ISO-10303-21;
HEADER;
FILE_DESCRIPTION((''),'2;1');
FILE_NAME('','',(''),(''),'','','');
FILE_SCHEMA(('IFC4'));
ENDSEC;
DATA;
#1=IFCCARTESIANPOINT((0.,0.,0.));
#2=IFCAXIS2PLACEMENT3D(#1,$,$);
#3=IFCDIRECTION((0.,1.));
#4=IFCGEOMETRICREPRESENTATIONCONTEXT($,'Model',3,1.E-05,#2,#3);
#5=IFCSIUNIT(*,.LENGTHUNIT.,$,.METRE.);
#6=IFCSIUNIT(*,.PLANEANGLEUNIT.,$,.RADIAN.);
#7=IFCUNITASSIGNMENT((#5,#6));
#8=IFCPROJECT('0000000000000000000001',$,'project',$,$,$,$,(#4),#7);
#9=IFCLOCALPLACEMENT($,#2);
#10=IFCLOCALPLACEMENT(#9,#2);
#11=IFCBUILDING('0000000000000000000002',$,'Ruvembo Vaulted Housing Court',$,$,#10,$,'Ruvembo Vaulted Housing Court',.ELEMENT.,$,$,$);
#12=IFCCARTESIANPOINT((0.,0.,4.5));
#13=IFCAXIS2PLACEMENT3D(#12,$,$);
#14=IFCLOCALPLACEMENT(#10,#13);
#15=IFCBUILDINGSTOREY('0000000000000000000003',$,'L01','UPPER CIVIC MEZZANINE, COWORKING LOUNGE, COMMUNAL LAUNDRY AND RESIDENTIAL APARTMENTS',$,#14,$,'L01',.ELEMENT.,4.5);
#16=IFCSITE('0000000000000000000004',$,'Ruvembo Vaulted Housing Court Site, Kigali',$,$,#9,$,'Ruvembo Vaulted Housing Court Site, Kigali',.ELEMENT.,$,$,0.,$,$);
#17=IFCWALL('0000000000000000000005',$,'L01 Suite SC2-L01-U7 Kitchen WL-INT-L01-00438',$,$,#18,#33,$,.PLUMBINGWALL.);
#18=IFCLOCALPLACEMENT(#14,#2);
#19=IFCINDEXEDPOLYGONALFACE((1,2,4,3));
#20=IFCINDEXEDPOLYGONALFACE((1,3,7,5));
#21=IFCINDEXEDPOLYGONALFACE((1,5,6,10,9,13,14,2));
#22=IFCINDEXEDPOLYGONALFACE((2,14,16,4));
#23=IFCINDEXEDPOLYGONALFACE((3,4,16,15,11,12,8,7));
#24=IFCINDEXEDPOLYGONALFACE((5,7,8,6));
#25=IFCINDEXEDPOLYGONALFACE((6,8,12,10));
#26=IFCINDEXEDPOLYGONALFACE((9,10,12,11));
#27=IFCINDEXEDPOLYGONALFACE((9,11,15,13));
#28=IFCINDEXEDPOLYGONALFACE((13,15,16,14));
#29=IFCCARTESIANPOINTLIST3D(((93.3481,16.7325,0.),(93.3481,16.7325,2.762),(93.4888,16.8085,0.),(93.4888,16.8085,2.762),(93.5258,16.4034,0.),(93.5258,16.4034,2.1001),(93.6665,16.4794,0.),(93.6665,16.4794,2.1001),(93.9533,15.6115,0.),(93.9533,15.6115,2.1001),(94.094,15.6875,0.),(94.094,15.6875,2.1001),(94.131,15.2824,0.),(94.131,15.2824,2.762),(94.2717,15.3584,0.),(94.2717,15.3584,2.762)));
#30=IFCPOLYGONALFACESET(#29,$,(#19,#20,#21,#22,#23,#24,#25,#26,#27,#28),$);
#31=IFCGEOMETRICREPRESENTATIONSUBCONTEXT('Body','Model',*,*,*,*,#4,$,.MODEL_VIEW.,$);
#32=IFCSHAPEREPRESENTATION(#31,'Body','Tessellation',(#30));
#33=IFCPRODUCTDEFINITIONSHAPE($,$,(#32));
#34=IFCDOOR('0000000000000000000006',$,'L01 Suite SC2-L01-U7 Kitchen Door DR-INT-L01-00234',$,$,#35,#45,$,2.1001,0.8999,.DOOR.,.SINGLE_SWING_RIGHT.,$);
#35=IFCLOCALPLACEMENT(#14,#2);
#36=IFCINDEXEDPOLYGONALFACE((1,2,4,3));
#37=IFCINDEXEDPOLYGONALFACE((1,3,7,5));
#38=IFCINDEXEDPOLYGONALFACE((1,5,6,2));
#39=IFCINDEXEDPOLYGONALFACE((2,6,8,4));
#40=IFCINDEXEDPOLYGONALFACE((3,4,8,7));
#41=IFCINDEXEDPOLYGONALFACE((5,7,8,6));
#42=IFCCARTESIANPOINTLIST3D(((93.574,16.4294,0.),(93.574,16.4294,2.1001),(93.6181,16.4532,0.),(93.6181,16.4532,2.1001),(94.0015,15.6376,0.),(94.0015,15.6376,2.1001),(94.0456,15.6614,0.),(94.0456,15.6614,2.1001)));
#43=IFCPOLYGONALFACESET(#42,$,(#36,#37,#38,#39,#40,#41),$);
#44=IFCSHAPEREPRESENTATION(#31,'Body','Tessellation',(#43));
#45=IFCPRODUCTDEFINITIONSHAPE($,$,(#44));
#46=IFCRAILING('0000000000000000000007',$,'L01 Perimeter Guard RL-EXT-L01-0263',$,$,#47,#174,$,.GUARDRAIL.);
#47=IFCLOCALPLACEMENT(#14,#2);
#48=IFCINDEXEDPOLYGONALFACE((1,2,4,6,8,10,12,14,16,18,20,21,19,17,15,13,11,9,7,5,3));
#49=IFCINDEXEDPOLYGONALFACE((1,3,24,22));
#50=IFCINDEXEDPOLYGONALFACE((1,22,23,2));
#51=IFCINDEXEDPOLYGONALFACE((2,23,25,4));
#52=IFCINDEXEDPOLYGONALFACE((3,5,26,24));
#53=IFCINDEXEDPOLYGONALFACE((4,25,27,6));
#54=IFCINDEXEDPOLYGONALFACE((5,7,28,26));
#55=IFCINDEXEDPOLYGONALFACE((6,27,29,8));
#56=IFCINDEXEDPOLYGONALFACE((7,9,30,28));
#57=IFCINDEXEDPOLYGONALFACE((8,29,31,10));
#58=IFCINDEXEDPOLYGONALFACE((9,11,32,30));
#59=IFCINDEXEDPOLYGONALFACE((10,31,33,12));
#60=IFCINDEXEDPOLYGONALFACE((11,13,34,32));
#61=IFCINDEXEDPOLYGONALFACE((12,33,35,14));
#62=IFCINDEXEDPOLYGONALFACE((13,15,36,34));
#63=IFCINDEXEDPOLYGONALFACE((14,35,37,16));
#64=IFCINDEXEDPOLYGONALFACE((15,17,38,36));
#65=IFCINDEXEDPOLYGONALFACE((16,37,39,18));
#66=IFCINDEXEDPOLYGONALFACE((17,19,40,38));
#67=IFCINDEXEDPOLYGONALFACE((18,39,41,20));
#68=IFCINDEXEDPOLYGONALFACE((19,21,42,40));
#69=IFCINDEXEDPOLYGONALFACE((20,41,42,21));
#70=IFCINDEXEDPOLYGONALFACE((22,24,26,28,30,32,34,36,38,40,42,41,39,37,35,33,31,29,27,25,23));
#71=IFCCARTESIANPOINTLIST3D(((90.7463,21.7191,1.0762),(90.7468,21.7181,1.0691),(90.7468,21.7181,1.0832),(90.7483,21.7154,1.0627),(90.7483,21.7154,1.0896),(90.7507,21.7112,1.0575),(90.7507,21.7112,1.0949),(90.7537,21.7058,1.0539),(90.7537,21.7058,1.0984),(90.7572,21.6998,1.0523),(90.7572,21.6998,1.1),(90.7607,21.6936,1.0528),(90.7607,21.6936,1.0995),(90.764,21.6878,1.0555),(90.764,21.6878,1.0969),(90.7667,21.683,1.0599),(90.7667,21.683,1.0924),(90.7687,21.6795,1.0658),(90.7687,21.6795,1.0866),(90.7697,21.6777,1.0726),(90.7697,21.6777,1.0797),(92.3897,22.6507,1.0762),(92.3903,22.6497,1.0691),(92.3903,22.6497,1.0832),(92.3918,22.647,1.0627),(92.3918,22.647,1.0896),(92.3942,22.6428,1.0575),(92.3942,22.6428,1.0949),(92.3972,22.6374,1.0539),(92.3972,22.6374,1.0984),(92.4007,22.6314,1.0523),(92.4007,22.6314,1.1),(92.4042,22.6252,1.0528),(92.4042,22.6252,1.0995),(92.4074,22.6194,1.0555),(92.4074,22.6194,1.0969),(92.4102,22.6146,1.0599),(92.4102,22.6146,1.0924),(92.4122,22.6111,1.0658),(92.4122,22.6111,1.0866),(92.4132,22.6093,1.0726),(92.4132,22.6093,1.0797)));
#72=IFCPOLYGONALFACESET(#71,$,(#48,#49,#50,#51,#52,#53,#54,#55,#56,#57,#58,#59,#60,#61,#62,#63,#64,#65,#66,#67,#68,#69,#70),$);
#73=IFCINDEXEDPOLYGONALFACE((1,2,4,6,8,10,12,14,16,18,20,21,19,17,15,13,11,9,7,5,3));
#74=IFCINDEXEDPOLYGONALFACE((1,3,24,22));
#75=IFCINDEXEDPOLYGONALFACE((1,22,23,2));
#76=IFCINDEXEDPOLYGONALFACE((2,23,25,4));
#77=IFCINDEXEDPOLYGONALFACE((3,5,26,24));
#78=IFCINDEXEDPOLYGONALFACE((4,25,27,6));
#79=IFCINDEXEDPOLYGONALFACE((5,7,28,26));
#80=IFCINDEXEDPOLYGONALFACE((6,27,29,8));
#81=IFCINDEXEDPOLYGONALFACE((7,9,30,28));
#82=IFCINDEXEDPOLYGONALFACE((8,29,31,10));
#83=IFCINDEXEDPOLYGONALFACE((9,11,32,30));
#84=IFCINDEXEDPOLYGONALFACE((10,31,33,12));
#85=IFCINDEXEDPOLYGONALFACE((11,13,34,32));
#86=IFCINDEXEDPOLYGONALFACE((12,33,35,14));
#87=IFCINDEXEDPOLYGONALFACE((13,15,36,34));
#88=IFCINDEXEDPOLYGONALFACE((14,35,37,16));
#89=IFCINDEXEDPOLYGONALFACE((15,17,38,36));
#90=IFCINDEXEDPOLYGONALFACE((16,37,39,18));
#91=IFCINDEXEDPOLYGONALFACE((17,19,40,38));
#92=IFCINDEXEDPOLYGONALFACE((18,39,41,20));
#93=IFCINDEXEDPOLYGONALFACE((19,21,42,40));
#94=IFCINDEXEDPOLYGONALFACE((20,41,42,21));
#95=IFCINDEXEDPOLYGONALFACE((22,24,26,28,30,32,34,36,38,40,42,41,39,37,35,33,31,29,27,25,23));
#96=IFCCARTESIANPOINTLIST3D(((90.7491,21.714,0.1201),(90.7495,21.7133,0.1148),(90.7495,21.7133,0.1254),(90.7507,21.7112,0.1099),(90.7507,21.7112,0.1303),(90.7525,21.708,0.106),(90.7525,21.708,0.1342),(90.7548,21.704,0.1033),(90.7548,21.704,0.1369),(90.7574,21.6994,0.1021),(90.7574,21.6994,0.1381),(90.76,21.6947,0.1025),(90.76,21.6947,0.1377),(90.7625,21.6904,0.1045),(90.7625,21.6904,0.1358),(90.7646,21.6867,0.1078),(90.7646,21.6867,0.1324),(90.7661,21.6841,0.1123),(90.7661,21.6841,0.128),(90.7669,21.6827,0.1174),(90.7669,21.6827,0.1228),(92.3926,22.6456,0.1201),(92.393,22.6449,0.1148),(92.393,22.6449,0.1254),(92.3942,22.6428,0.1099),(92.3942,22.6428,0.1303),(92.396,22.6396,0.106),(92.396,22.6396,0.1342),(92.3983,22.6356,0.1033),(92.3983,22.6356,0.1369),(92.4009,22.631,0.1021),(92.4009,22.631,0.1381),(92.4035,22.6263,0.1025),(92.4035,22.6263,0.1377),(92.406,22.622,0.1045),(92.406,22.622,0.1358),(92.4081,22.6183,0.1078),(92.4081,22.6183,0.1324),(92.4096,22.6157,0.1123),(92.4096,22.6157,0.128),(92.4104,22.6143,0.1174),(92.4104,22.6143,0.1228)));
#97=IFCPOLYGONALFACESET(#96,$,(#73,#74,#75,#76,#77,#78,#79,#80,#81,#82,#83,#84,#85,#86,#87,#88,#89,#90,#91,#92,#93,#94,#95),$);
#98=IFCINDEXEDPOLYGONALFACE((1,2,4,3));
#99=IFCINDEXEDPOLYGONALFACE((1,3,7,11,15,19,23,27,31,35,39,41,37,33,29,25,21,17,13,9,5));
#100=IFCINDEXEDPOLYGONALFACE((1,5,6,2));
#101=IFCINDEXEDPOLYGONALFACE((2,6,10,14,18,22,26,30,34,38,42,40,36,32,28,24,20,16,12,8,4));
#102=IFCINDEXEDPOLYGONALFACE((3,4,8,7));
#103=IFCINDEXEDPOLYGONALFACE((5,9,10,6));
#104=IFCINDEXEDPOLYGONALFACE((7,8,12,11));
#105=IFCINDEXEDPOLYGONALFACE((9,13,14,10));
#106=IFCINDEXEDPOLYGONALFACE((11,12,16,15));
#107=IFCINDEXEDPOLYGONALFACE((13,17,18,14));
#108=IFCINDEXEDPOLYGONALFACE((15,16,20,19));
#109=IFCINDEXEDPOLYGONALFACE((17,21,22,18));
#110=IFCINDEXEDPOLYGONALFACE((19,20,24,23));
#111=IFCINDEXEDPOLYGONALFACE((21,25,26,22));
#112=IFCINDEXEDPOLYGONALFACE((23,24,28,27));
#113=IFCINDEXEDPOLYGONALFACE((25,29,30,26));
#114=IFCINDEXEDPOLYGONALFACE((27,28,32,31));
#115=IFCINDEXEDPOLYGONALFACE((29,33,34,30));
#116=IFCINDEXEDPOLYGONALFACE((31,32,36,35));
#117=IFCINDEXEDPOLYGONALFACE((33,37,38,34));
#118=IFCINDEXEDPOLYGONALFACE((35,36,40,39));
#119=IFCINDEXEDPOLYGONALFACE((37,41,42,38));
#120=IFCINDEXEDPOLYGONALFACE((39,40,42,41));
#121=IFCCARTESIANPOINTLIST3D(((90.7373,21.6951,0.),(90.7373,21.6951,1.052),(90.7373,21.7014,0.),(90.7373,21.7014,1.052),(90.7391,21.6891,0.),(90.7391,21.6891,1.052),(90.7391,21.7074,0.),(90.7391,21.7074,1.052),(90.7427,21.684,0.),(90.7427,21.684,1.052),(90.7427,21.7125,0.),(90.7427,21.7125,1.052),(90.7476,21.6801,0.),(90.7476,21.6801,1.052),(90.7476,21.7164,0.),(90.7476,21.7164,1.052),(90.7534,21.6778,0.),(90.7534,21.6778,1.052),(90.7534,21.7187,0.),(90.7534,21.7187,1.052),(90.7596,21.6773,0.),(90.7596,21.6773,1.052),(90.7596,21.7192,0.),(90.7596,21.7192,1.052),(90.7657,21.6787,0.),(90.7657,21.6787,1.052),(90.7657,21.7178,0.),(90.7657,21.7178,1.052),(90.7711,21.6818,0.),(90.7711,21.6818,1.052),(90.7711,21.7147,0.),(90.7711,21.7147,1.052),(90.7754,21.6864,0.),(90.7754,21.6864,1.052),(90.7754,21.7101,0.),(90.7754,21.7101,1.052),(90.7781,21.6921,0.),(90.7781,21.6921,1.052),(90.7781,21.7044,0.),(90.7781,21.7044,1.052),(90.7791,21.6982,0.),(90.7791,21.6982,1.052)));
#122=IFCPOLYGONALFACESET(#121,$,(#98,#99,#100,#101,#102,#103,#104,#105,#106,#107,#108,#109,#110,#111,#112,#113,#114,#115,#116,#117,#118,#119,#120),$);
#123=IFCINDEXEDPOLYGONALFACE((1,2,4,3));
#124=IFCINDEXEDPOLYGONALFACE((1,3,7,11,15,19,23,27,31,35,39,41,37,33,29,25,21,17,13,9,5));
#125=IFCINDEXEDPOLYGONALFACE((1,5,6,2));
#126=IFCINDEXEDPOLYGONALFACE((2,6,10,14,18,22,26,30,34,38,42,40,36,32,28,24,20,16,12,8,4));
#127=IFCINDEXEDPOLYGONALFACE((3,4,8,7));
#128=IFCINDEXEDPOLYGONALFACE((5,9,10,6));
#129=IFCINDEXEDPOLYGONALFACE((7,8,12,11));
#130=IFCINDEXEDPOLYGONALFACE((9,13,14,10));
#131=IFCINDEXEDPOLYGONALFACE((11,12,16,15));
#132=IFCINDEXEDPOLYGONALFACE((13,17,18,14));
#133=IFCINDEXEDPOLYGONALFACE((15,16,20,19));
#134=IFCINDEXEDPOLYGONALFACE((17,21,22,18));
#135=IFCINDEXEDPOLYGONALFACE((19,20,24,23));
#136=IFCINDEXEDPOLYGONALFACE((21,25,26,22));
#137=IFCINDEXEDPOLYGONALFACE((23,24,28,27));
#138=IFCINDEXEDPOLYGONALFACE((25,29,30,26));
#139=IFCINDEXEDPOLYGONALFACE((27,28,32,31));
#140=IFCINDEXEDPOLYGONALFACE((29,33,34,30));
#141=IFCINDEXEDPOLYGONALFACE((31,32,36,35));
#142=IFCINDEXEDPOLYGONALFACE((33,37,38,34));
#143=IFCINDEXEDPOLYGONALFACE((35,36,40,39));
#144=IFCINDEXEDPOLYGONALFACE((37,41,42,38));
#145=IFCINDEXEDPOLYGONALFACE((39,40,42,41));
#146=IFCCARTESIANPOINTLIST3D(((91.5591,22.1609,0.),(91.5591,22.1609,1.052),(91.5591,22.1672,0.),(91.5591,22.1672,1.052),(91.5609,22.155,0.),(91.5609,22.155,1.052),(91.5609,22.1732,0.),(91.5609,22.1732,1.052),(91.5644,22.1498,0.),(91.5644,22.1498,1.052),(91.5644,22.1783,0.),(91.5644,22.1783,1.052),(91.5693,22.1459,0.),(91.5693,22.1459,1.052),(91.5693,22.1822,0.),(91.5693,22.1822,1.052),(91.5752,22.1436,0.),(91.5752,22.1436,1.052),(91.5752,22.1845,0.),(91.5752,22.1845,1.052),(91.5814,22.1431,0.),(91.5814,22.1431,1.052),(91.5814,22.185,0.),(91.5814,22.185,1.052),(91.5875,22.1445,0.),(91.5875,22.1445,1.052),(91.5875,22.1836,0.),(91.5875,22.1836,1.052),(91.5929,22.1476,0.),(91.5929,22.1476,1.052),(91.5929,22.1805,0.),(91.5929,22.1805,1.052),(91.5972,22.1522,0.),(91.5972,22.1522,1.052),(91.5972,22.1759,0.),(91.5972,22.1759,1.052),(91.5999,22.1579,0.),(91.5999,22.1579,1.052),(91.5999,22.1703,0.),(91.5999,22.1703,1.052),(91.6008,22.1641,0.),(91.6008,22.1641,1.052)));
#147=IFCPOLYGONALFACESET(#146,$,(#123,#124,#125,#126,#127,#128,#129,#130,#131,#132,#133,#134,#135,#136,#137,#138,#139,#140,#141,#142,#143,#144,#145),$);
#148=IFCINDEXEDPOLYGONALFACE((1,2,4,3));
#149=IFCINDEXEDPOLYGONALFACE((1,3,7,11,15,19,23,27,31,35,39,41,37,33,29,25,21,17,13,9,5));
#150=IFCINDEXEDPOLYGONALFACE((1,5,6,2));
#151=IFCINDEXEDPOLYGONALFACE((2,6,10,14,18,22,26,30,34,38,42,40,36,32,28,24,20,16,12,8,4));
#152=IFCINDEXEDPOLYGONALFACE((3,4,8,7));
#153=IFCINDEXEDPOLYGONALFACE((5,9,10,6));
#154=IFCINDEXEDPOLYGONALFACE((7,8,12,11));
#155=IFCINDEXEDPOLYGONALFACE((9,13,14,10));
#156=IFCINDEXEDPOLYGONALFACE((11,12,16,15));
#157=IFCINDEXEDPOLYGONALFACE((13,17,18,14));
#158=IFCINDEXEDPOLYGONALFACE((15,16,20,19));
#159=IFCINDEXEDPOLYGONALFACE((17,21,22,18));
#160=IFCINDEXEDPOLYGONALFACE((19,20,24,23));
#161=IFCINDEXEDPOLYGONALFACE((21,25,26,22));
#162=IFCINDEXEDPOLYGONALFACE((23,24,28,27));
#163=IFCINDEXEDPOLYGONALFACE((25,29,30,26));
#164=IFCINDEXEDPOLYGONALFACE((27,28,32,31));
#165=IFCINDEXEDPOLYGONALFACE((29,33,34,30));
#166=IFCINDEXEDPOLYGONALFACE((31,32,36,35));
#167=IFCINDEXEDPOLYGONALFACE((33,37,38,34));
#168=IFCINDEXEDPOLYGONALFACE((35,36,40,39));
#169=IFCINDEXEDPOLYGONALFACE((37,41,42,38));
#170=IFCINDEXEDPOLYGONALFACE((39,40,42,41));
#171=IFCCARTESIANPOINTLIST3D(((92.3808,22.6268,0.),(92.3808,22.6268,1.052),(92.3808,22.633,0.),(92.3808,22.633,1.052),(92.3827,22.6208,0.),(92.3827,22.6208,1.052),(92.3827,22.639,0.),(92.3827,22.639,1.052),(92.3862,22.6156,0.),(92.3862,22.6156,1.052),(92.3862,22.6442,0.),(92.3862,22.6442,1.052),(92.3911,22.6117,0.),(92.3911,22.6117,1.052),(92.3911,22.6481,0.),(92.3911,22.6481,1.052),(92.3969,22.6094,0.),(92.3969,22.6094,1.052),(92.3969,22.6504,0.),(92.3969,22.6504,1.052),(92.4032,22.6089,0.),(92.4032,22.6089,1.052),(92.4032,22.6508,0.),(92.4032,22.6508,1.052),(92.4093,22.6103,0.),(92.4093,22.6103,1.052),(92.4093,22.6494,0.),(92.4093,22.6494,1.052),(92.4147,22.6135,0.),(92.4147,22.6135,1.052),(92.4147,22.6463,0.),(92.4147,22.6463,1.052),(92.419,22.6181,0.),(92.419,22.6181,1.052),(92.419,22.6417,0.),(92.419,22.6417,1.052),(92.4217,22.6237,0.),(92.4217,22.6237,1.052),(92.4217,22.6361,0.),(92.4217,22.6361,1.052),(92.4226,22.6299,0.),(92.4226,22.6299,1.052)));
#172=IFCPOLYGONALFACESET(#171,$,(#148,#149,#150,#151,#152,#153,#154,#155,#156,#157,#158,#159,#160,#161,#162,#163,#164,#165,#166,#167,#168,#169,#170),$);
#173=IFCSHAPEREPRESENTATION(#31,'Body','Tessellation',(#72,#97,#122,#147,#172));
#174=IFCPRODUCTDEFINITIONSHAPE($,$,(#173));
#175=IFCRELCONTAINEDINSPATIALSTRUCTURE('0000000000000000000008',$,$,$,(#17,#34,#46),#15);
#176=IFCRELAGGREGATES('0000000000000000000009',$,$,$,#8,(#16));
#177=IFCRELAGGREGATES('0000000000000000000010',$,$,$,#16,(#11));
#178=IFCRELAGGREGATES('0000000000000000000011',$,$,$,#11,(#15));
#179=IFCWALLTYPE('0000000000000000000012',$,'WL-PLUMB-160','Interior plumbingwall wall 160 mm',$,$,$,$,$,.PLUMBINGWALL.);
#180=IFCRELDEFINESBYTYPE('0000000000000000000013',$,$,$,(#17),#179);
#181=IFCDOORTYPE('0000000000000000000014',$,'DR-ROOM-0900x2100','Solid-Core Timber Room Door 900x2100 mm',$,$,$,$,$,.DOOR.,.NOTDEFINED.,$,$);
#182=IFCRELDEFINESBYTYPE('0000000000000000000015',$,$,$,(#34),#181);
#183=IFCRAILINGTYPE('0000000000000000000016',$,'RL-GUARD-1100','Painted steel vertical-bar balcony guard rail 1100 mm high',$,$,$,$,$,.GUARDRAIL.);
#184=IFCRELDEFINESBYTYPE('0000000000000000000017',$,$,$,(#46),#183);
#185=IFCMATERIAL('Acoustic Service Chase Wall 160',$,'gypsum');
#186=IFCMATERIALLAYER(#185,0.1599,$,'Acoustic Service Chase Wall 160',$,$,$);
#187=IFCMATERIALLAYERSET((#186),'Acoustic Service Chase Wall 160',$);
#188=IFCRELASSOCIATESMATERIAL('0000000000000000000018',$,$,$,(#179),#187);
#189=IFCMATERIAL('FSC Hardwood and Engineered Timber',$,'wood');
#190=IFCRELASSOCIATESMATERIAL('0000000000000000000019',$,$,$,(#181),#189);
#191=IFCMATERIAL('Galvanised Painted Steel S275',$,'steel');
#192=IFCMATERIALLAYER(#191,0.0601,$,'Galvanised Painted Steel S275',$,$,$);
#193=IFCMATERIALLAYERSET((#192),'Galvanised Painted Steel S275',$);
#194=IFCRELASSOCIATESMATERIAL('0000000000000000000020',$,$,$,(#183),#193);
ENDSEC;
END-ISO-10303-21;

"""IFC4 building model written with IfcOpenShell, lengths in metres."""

from ifc_helpers import new_model, si_unit, direction, frame, frame_2d, origin, origin_2d, place, context, subcontext, project, spatial, rectangle, circle, extrude, material, layer, layer_set, type_object, element, fill, save


model = new_model("IFC4")

# Units and contexts
model_context = context("Model", 3, precision=1e-05, world=origin(), true_north=direction((0.0, 1.0)))
body_context = subcontext(model_context, "Body", "Model", "MODEL_VIEW")
ifc_project = project(units=[si_unit("LENGTHUNIT", "METRE"), si_unit("PLANEANGLEUNIT", "RADIAN")], contexts=[model_context])

# Site, building, storey
site_placement = place(None, origin())
site = spatial("IfcSite", under=ifc_project, at=site_placement, Name="Ruvembo Vaulted Housing Court Site, Kigali", LongName="Ruvembo Vaulted Housing Court Site, Kigali", CompositionType="ELEMENT", RefElevation=0.0)
building_placement = place(site_placement, origin())
building = spatial("IfcBuilding", under=site, at=building_placement, Name="Ruvembo Vaulted Housing Court", LongName="Ruvembo Vaulted Housing Court", CompositionType="ELEMENT")
storey_placement = place(building_placement, frame((0.0, 0.0, 4.5)))
storey = spatial("IfcBuildingStorey", under=building, at=storey_placement, Name="L01", Description="UPPER CIVIC MEZZANINE, COWORKING LOUNGE, COMMUNAL LAUNDRY AND RESIDENTIAL APARTMENTS", LongName="L01", CompositionType="ELEMENT", Elevation=4.5)

# Shared definitions
ifc_material_1 = material(Name="FSC Hardwood and Engineered Timber", Category="wood")

# Wall, opening, door
ifc_material_2 = material(Name="Acoustic Service Chase Wall 160", Category="gypsum")
ifc_layer_1 = layer(ifc_material_2, 0.1599, Name="Acoustic Service Chase Wall 160")
ifc_layer_set_1 = layer_set([ifc_layer_1], Name="Acoustic Service Chase Wall 160")
wall_type_1 = type_object("IfcWallType", Name="WL-PLUMB-160", Description="Interior plumbingwall wall 160 mm", PredefinedType="PLUMBINGWALL", material=ifc_layer_set_1)
wall_1_placement = place(storey_placement, frame((93.4185, 16.7705, 0.0), z_axis=(0.0, 0.0, 1.0), x_axis=(0.47508, -0.879943, 0.0)))
wall_1 = element("IfcWall", 1, at=wall_1_placement, inside=storey, type_object=wall_type_1, Name="L01 Suite SC2-L01-U7 Kitchen WL-INT-L01-00438", PredefinedType="PLUMBINGWALL", context=body_context, shape_type="SweptSolid", body=[
    extrude(rectangle(XDim=1.6479, YDim=0.1599, at=frame_2d((0.824, 0.0))), origin(), (0.0, 0.0, 1.0), 2.762),
])
opening_1_placement = place(wall_1_placement, frame((0.374, 0.0, 0.0)))
opening_1 = element("IfcOpeningElement", 2, at=opening_1_placement, cuts=wall_1, PredefinedType="OPENING", context=body_context, shape_type="SweptSolid", body=[
    extrude(rectangle(XDim=0.8999, YDim=2.1001, at=frame_2d((0.45, 1.05))), frame((0.0, 0.0898, 0.0), z_axis=(0.0, -1.0, 0.0), x_axis=(1.0, 0.0, 0.0)), (0.0, 0.0, 1.0), 0.1799),
])
door_type_1 = type_object("IfcDoorType", Name="DR-ROOM-0900x2100", Description="Solid-Core Timber Room Door 900x2100 mm", OperationType="NOTDEFINED", PredefinedType="DOOR", material=ifc_material_1)
door_1_placement = place(opening_1_placement, origin())
door_1 = element("IfcDoor", 3, at=door_1_placement, inside=storey, type_object=door_type_1, Name="L01 Suite SC2-L01-U7 Kitchen Door DR-INT-L01-00234", OperationType="SINGLE_SWING_RIGHT", OverallHeight=2.1001, OverallWidth=0.8999, PredefinedType="DOOR", context=body_context, shape_type="SweptSolid", body=[
    extrude(rectangle(XDim=0.8999, YDim=2.1001, at=frame_2d((0.45, 1.05))), frame((0.0, 0.0249, 0.0), z_axis=(0.0, -1.0, 0.0), x_axis=(1.0, 0.0, 0.0)), (0.0, 0.0, 1.0), 0.05),
])
fill(opening_1, door_1)

# Railing
ifc_material_3 = material(Name="Galvanised Painted Steel S275", Category="steel")
ifc_layer_2 = layer(ifc_material_3, 0.0601, Name="Galvanised Painted Steel S275")
ifc_layer_set_2 = layer_set([ifc_layer_2], Name="Galvanised Painted Steel S275")
railing_type = type_object("IfcRailingType", Name="RL-GUARD-1100", Description="Painted steel vertical-bar balcony guard rail 1100 mm high", PredefinedType="GUARDRAIL", material=ifc_layer_set_2)
railing_1_placement = place(storey_placement, frame((90.7581, 21.6982, 0.0)))
element("IfcRailing", 4, at=railing_1_placement, inside=storey, type_object=railing_type, Name="L01 Perimeter Guard RL-EXT-L01-0263", PredefinedType="GUARDRAIL", context=body_context, shape_type="SweptSolid", body=[
    extrude(circle(Radius=0.0239, at=origin_2d()), frame((0.0, 0.0, 1.0762), z_axis=(0.869956, 0.49313, 0.0), x_axis=(-0.49313, 0.869956, 0.0)), (0.0, 0.0, 1.0), 1.8892),
    extrude(circle(Radius=0.0181, at=origin_2d()), frame((0.0, 0.0, 0.1201), z_axis=(0.869956, 0.49313, 0.0), x_axis=(-0.49313, 0.869956, 0.0)), (0.0, 0.0, 1.0), 1.8892),
    extrude(circle(Radius=0.021, at=origin_2d()), origin(), (0.0, 0.0, 1.0), 1.052),
    extrude(circle(Radius=0.021, at=origin_2d()), frame((0.8218, 0.4658, 0.0)), (0.0, 0.0, 1.0), 1.052),
    extrude(circle(Radius=0.021, at=origin_2d()), frame((1.6436, 0.9316, 0.0)), (0.0, 0.0, 1.0), 1.052),
])

save(model, "model.ifc")
